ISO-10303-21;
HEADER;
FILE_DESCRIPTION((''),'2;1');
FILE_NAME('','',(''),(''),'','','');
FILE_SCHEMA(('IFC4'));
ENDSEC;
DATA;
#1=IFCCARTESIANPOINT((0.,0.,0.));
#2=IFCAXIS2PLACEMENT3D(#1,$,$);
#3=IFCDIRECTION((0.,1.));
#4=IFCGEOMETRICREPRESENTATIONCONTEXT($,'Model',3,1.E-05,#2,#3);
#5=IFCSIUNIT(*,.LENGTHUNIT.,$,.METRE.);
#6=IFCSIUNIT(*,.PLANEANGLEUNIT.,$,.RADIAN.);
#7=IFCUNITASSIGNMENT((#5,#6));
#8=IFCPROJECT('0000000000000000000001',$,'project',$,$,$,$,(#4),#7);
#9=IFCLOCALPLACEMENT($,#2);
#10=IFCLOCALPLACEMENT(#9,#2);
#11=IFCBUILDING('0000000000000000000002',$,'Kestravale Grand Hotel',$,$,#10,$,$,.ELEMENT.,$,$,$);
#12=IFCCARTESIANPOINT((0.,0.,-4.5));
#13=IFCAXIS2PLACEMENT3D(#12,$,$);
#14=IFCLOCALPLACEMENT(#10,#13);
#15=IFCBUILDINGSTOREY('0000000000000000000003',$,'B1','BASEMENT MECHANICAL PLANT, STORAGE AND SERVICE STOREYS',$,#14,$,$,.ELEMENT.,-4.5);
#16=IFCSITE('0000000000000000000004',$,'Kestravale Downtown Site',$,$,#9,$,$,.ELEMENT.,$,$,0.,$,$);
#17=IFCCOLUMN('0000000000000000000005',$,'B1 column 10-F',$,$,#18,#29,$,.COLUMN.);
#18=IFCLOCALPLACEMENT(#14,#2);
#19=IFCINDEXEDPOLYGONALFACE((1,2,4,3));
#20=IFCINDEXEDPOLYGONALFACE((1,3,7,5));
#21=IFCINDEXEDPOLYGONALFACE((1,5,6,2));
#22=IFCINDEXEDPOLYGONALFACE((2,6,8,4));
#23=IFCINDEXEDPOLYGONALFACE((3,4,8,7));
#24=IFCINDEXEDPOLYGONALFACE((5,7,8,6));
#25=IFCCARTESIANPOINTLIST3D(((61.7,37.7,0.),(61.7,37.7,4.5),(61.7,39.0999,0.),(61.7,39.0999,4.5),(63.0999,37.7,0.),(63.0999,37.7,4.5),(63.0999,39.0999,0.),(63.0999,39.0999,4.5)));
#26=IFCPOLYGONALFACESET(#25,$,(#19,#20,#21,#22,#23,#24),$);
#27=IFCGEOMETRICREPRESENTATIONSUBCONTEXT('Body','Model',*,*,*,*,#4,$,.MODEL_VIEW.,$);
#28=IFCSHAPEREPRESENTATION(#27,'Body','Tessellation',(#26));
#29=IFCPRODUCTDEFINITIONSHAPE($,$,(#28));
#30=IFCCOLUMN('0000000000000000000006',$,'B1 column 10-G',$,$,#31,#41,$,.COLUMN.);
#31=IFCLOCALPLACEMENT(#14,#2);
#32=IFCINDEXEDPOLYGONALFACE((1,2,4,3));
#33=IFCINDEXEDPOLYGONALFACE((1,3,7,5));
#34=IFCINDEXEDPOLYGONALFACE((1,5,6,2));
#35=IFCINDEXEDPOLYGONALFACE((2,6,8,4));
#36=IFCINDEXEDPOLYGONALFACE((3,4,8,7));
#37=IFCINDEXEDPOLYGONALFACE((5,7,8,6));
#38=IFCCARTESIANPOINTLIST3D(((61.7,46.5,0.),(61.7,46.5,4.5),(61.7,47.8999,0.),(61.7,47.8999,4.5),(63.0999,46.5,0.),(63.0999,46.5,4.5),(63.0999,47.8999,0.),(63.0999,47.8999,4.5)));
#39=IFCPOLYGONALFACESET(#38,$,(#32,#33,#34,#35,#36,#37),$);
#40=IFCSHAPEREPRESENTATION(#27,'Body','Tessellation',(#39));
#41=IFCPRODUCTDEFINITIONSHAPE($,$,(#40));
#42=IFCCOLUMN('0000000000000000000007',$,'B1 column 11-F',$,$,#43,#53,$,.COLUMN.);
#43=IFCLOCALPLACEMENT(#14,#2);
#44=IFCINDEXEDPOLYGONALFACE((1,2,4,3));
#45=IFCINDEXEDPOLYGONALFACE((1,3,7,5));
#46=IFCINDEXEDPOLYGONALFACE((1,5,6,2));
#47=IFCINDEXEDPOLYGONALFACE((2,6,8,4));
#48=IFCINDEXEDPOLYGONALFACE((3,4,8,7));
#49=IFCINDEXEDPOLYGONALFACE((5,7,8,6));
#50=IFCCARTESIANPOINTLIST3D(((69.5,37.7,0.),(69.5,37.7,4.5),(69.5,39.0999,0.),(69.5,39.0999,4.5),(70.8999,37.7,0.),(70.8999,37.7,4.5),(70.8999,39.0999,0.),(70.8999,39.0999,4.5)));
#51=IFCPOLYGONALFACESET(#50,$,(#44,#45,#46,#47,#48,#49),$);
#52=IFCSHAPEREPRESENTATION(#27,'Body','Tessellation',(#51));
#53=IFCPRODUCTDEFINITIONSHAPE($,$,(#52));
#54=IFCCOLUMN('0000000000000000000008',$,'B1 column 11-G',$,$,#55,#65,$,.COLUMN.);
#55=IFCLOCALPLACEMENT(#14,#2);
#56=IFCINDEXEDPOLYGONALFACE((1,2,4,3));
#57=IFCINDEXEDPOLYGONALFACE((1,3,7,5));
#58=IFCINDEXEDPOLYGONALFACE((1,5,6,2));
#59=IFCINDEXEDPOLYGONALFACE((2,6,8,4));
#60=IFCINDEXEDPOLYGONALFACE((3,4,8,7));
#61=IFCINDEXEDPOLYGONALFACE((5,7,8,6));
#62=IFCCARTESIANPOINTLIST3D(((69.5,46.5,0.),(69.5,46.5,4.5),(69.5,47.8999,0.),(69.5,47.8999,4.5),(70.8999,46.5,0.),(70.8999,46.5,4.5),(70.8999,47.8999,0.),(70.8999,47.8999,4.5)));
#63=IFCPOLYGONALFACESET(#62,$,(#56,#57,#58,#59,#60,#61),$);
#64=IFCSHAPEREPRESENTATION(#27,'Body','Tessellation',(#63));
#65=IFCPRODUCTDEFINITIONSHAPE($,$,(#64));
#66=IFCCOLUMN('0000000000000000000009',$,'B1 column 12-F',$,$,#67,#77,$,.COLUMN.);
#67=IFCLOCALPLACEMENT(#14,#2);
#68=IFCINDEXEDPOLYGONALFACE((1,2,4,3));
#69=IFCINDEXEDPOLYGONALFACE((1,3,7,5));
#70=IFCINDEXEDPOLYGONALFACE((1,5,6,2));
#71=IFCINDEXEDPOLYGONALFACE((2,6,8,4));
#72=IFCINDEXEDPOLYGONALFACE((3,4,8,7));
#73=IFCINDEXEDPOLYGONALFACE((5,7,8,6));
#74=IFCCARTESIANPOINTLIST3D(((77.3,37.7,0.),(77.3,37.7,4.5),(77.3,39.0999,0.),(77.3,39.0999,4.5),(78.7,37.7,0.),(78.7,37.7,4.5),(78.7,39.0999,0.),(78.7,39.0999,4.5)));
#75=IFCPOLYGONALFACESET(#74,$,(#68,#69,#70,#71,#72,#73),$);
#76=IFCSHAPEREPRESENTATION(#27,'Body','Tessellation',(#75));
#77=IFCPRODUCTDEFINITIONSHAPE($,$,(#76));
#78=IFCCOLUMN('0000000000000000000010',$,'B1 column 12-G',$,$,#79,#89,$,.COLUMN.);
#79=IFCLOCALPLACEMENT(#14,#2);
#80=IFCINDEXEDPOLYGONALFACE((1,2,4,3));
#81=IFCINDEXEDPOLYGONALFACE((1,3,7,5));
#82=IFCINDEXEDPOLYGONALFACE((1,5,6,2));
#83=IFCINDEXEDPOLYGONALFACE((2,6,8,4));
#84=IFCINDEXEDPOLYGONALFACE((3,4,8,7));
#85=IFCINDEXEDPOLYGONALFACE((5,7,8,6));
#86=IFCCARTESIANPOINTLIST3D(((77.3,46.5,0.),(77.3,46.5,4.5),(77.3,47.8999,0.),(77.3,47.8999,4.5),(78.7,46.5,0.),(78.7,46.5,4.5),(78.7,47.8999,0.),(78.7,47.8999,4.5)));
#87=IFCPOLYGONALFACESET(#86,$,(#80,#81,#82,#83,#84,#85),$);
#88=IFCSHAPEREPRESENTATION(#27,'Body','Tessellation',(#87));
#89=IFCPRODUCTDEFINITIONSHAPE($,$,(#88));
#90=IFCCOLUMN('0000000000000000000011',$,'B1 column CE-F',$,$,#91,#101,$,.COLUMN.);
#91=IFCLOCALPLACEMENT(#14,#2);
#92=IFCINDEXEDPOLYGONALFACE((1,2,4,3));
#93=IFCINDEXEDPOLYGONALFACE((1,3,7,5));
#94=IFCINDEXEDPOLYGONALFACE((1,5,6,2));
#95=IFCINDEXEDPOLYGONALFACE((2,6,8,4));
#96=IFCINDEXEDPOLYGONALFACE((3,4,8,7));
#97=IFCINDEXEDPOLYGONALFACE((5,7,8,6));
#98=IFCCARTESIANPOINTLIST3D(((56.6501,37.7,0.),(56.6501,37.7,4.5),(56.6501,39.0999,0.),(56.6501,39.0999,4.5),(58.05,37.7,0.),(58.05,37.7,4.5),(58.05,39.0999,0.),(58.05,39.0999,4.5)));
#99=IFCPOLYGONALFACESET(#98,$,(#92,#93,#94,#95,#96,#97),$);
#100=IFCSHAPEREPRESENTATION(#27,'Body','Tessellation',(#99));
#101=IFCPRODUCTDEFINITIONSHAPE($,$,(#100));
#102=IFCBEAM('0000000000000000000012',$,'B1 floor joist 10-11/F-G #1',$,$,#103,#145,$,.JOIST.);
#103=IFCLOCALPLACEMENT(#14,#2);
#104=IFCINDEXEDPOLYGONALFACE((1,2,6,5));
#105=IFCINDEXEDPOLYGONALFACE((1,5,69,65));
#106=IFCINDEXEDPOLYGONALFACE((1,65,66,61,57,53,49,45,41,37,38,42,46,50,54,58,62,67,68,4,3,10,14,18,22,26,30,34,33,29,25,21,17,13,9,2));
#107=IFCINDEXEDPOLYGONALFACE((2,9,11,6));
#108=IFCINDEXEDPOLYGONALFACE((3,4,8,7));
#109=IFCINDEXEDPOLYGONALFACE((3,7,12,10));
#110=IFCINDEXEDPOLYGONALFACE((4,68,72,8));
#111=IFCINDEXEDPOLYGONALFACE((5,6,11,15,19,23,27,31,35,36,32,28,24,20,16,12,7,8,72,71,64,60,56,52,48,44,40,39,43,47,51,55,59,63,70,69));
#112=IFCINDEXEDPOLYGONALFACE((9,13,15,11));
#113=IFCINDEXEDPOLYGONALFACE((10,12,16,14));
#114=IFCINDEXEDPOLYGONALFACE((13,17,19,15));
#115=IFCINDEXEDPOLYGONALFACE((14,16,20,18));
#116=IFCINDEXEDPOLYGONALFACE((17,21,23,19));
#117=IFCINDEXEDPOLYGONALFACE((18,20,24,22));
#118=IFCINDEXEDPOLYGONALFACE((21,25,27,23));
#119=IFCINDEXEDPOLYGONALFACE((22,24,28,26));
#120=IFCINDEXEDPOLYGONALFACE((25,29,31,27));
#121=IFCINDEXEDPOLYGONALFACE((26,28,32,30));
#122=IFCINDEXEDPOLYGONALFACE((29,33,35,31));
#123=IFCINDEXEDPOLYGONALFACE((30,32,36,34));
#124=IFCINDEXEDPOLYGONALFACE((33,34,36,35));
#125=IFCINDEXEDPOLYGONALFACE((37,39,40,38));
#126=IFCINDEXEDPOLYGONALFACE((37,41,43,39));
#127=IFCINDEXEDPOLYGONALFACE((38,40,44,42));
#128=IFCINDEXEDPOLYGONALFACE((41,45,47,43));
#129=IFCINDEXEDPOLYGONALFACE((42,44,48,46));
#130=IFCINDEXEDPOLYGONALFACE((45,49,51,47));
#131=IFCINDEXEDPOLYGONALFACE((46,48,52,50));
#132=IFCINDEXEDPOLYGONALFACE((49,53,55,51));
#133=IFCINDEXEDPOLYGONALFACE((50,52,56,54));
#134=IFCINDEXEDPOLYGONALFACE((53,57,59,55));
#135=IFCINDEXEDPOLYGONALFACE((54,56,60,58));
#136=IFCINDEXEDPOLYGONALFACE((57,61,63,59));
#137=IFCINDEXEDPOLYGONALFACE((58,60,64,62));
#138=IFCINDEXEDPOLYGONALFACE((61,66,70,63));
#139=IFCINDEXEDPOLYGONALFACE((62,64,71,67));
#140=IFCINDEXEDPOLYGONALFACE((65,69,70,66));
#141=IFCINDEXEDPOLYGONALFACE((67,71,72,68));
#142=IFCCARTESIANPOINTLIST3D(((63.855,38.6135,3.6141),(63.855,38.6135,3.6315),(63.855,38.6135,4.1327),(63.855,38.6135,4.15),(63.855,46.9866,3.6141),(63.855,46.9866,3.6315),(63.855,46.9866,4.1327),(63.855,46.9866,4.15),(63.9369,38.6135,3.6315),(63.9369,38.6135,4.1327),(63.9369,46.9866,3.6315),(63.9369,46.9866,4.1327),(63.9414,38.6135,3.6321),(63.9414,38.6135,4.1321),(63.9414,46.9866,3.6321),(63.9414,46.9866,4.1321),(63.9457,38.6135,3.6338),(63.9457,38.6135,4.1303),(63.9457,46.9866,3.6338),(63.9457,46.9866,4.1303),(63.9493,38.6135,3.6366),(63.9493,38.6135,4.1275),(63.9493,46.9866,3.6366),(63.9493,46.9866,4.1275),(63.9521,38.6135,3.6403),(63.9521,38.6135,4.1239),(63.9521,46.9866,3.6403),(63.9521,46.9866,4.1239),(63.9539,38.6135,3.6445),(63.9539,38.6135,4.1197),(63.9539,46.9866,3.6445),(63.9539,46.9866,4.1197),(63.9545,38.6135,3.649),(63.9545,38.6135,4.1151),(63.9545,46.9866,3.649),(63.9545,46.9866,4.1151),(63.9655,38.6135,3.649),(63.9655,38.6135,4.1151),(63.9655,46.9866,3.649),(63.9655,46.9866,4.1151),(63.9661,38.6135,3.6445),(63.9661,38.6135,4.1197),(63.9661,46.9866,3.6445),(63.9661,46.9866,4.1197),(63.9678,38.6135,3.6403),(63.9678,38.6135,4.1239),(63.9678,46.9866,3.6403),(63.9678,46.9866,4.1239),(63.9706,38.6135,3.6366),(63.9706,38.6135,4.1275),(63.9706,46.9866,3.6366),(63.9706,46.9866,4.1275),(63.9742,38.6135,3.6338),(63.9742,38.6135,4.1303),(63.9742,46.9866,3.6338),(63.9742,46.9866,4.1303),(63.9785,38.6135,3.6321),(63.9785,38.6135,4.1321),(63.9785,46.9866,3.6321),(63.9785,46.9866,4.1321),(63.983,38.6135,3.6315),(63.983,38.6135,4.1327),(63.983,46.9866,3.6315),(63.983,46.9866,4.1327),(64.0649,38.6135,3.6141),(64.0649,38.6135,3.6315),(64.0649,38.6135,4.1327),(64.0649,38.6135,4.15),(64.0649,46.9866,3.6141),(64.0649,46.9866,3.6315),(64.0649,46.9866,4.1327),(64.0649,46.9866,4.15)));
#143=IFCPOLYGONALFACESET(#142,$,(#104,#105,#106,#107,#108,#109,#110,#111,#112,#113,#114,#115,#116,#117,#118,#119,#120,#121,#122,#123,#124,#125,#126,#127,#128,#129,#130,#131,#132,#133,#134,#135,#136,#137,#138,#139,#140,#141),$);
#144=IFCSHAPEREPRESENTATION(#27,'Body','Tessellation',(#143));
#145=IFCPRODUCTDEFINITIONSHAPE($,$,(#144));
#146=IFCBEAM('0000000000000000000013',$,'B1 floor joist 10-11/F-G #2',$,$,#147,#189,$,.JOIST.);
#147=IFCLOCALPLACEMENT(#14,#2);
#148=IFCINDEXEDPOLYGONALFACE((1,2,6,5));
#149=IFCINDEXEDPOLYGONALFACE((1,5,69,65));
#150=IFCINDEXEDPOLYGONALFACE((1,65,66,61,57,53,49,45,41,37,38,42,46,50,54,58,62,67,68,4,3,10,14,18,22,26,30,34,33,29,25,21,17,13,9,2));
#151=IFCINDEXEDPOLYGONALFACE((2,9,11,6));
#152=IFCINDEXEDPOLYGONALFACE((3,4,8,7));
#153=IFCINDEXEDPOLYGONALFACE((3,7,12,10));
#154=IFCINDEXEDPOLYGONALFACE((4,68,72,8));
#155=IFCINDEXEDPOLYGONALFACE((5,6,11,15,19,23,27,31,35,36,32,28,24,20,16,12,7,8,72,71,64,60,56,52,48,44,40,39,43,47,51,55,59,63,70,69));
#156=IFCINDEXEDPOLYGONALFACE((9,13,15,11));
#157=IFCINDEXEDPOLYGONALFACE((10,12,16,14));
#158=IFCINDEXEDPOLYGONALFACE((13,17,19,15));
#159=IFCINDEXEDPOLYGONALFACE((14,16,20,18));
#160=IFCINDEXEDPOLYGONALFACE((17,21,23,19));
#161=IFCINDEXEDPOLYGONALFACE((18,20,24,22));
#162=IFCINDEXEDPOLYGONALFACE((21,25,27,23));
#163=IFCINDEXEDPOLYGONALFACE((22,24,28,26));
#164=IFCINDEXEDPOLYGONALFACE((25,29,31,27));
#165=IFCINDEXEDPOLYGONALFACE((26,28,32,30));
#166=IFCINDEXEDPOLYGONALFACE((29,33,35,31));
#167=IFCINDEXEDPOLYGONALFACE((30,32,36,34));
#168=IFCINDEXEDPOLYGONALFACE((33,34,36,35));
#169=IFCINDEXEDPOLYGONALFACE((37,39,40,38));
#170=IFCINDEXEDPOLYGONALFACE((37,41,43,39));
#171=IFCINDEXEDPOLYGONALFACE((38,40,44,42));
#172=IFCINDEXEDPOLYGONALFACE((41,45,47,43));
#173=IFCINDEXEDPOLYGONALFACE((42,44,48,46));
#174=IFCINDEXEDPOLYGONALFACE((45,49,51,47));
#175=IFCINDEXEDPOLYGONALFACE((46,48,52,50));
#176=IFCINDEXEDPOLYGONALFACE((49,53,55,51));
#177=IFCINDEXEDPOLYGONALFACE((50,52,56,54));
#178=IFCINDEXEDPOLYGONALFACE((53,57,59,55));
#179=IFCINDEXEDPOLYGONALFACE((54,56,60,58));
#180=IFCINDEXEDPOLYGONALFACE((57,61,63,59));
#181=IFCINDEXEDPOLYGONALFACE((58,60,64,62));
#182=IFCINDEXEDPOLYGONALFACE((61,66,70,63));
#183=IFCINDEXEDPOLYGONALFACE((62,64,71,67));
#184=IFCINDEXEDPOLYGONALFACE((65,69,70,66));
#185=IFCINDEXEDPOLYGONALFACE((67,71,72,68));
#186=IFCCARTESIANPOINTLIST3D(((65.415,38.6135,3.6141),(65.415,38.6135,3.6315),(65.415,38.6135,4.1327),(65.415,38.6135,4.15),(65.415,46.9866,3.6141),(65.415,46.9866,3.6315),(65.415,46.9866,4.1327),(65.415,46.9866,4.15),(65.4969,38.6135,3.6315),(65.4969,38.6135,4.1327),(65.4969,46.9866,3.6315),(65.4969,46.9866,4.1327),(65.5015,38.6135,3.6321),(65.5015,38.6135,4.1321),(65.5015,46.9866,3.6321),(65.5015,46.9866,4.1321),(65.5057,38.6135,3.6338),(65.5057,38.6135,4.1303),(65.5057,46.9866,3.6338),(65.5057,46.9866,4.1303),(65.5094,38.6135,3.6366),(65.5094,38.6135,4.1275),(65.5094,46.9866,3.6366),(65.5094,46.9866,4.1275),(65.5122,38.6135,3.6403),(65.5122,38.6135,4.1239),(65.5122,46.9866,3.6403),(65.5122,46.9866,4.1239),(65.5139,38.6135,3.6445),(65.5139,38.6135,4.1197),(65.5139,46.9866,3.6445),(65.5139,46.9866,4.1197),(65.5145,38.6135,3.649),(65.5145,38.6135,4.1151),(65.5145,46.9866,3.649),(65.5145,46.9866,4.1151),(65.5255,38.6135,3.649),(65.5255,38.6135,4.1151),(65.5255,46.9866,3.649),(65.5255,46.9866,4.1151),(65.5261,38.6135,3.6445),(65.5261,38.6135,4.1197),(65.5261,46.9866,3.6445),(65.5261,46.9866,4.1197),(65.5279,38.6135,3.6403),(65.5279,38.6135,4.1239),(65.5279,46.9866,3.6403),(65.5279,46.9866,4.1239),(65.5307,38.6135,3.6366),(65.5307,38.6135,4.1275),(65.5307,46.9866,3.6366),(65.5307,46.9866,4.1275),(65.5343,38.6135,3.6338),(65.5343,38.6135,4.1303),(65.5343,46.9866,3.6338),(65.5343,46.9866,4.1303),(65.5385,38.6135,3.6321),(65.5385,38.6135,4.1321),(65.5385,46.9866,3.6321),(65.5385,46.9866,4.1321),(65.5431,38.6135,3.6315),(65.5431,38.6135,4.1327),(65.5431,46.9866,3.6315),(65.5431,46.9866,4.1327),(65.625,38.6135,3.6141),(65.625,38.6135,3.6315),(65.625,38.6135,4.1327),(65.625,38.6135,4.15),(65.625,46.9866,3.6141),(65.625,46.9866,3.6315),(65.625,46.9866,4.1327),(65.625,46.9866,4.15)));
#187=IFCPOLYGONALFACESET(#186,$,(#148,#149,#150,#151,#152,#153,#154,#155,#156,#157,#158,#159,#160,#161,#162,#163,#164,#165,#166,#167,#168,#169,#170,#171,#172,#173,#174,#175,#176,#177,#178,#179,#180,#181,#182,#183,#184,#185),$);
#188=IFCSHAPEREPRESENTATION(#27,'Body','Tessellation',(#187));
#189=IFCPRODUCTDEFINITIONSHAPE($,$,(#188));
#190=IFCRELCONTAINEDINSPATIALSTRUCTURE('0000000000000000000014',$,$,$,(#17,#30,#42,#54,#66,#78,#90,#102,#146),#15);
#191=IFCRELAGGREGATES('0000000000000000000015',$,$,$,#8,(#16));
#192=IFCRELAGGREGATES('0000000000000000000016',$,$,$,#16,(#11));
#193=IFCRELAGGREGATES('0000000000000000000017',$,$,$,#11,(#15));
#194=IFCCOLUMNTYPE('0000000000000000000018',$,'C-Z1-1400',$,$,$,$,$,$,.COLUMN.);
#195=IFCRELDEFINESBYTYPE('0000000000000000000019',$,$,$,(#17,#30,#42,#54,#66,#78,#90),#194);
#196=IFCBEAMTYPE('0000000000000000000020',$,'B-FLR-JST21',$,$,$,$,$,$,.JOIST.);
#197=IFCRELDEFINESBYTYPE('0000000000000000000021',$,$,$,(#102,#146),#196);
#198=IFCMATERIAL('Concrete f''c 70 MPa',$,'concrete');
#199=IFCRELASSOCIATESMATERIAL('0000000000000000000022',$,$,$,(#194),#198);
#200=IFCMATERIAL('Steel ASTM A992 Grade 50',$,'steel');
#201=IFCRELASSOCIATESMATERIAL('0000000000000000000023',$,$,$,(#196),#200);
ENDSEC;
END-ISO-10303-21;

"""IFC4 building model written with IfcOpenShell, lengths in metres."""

from ifc_helpers import new_model, si_unit, direction, frame, origin, origin_2d, place, context, subcontext, project, spatial, rectangle, i_section, extrude, material, material_profile, profile_set, type_object, element, save


model = new_model("IFC4")

# Units and contexts
model_context = context("Model", 3, precision=1e-05, world=origin(), true_north=direction((0.0, 1.0)))
body_context = subcontext(model_context, "Body", "Model", "MODEL_VIEW")
ifc_project = project(units=[si_unit("LENGTHUNIT", "METRE"), si_unit("PLANEANGLEUNIT", "RADIAN")], contexts=[model_context])

# Site, building, storey
site_placement = place(None, origin())
site = spatial("IfcSite", under=ifc_project, at=site_placement, Name="Kestravale Downtown Site", CompositionType="ELEMENT", RefElevation=0.0)
building_placement = place(site_placement, origin())
building = spatial("IfcBuilding", under=site, at=building_placement, Name="Kestravale Grand Hotel", CompositionType="ELEMENT")
storey_placement = place(building_placement, frame((0.0, 0.0, -4.5)))
storey = spatial("IfcBuildingStorey", under=building, at=storey_placement, Name="B1", Description="BASEMENT MECHANICAL PLANT, STORAGE AND SERVICE STOREYS", CompositionType="ELEMENT", Elevation=-4.5)

# Columns
ifc_material_1 = material(Name="Concrete f'c 70 MPa", Category="concrete")
ifc_material_profile_1 = material_profile(ifc_material_1, rectangle(XDim=1.3999, YDim=1.3999, at=origin_2d()))
ifc_profile_set_1 = profile_set([ifc_material_profile_1], Name="Concrete f'c 70 MPa")
column_type = type_object("IfcColumnType", Name="C-Z1-1400", PredefinedType="COLUMN", material=ifc_profile_set_1)
for number, where, z_axis, x_axis, name in (
    (1, (62.3999, 38.3999, 0.0), (0.0, 0.0, 1.0), (1.0, 0.0, 0.0), "B1 column 10-F"),
    (2, (62.3999, 47.2, 0.0), (0.0, 0.0, 1.0), (1.0, 0.0, 0.0), "B1 column 10-G"),
    (3, (70.2, 38.3999, 0.0), (0.0, 0.0, 1.0), (1.0, 0.0, 0.0), "B1 column 11-F"),
    (4, (70.2, 47.2, 0.0), (0.0, 0.0, 1.0), (1.0, 0.0, 0.0), "B1 column 11-G"),
    (5, (78.0, 38.3999, 0.0), (0.0, 0.0, 1.0), (1.0, 0.0, 0.0), "B1 column 12-F"),
    (6, (78.0, 47.2, 0.0), (0.0, 0.0, 1.0), (1.0, 0.0, 0.0), "B1 column 12-G"),
    (7, (57.3501, 38.3999, 0.0), (0.0, 0.0, 1.0), (1.0, 0.0, 0.0), "B1 column CE-F"),
):
    element("IfcColumn", number, at=place(storey_placement, frame(where, z_axis=z_axis, x_axis=x_axis)), inside=storey, type_object=column_type, Name=name, PredefinedType="COLUMN", context=body_context, shape_type="SweptSolid", body=[
        extrude(rectangle(XDim=1.3999, YDim=1.3999, at=origin_2d()), origin(), (0.0, 0.0, 1.0), 4.5),
    ])

# Beams
ifc_material_2 = material(Name="Steel ASTM A992 Grade 50", Category="steel")
ifc_material_profile_2 = material_profile(ifc_material_2, i_section(OverallWidth=0.21, OverallDepth=0.5359, WebThickness=0.011, FlangeThickness=0.0173, FilletRadius=0.0176, at=origin_2d()))
ifc_profile_set_2 = profile_set([ifc_material_profile_2], Name="Steel ASTM A992 Grade 50")
beam_type_1 = type_object("IfcBeamType", Name="B-FLR-JST21", PredefinedType="JOIST", material=ifc_profile_set_2)
for number, where, z_axis, x_axis, name in (
    (8, (63.96, 38.6135, 3.8821), (0.0, 1.0, 0.0), (-1.0, 0.0, 0.0), "B1 floor joist 10-11/F-G #1"),
    (9, (65.52, 38.6135, 3.8821), (0.0, 1.0, 0.0), (-1.0, 0.0, 0.0), "B1 floor joist 10-11/F-G #2"),
):
    element("IfcBeam", number, at=place(storey_placement, frame(where, z_axis=z_axis, x_axis=x_axis)), inside=storey, type_object=beam_type_1, Name=name, PredefinedType="JOIST", context=body_context, shape_type="SweptSolid", body=[
        extrude(i_section(OverallWidth=0.21, OverallDepth=0.5359, WebThickness=0.011, FlangeThickness=0.0173, FilletRadius=0.0176, at=origin_2d()), origin(), (0.0, 0.0, 1.0), 8.373),
    ])

save(model, "model.ifc")
